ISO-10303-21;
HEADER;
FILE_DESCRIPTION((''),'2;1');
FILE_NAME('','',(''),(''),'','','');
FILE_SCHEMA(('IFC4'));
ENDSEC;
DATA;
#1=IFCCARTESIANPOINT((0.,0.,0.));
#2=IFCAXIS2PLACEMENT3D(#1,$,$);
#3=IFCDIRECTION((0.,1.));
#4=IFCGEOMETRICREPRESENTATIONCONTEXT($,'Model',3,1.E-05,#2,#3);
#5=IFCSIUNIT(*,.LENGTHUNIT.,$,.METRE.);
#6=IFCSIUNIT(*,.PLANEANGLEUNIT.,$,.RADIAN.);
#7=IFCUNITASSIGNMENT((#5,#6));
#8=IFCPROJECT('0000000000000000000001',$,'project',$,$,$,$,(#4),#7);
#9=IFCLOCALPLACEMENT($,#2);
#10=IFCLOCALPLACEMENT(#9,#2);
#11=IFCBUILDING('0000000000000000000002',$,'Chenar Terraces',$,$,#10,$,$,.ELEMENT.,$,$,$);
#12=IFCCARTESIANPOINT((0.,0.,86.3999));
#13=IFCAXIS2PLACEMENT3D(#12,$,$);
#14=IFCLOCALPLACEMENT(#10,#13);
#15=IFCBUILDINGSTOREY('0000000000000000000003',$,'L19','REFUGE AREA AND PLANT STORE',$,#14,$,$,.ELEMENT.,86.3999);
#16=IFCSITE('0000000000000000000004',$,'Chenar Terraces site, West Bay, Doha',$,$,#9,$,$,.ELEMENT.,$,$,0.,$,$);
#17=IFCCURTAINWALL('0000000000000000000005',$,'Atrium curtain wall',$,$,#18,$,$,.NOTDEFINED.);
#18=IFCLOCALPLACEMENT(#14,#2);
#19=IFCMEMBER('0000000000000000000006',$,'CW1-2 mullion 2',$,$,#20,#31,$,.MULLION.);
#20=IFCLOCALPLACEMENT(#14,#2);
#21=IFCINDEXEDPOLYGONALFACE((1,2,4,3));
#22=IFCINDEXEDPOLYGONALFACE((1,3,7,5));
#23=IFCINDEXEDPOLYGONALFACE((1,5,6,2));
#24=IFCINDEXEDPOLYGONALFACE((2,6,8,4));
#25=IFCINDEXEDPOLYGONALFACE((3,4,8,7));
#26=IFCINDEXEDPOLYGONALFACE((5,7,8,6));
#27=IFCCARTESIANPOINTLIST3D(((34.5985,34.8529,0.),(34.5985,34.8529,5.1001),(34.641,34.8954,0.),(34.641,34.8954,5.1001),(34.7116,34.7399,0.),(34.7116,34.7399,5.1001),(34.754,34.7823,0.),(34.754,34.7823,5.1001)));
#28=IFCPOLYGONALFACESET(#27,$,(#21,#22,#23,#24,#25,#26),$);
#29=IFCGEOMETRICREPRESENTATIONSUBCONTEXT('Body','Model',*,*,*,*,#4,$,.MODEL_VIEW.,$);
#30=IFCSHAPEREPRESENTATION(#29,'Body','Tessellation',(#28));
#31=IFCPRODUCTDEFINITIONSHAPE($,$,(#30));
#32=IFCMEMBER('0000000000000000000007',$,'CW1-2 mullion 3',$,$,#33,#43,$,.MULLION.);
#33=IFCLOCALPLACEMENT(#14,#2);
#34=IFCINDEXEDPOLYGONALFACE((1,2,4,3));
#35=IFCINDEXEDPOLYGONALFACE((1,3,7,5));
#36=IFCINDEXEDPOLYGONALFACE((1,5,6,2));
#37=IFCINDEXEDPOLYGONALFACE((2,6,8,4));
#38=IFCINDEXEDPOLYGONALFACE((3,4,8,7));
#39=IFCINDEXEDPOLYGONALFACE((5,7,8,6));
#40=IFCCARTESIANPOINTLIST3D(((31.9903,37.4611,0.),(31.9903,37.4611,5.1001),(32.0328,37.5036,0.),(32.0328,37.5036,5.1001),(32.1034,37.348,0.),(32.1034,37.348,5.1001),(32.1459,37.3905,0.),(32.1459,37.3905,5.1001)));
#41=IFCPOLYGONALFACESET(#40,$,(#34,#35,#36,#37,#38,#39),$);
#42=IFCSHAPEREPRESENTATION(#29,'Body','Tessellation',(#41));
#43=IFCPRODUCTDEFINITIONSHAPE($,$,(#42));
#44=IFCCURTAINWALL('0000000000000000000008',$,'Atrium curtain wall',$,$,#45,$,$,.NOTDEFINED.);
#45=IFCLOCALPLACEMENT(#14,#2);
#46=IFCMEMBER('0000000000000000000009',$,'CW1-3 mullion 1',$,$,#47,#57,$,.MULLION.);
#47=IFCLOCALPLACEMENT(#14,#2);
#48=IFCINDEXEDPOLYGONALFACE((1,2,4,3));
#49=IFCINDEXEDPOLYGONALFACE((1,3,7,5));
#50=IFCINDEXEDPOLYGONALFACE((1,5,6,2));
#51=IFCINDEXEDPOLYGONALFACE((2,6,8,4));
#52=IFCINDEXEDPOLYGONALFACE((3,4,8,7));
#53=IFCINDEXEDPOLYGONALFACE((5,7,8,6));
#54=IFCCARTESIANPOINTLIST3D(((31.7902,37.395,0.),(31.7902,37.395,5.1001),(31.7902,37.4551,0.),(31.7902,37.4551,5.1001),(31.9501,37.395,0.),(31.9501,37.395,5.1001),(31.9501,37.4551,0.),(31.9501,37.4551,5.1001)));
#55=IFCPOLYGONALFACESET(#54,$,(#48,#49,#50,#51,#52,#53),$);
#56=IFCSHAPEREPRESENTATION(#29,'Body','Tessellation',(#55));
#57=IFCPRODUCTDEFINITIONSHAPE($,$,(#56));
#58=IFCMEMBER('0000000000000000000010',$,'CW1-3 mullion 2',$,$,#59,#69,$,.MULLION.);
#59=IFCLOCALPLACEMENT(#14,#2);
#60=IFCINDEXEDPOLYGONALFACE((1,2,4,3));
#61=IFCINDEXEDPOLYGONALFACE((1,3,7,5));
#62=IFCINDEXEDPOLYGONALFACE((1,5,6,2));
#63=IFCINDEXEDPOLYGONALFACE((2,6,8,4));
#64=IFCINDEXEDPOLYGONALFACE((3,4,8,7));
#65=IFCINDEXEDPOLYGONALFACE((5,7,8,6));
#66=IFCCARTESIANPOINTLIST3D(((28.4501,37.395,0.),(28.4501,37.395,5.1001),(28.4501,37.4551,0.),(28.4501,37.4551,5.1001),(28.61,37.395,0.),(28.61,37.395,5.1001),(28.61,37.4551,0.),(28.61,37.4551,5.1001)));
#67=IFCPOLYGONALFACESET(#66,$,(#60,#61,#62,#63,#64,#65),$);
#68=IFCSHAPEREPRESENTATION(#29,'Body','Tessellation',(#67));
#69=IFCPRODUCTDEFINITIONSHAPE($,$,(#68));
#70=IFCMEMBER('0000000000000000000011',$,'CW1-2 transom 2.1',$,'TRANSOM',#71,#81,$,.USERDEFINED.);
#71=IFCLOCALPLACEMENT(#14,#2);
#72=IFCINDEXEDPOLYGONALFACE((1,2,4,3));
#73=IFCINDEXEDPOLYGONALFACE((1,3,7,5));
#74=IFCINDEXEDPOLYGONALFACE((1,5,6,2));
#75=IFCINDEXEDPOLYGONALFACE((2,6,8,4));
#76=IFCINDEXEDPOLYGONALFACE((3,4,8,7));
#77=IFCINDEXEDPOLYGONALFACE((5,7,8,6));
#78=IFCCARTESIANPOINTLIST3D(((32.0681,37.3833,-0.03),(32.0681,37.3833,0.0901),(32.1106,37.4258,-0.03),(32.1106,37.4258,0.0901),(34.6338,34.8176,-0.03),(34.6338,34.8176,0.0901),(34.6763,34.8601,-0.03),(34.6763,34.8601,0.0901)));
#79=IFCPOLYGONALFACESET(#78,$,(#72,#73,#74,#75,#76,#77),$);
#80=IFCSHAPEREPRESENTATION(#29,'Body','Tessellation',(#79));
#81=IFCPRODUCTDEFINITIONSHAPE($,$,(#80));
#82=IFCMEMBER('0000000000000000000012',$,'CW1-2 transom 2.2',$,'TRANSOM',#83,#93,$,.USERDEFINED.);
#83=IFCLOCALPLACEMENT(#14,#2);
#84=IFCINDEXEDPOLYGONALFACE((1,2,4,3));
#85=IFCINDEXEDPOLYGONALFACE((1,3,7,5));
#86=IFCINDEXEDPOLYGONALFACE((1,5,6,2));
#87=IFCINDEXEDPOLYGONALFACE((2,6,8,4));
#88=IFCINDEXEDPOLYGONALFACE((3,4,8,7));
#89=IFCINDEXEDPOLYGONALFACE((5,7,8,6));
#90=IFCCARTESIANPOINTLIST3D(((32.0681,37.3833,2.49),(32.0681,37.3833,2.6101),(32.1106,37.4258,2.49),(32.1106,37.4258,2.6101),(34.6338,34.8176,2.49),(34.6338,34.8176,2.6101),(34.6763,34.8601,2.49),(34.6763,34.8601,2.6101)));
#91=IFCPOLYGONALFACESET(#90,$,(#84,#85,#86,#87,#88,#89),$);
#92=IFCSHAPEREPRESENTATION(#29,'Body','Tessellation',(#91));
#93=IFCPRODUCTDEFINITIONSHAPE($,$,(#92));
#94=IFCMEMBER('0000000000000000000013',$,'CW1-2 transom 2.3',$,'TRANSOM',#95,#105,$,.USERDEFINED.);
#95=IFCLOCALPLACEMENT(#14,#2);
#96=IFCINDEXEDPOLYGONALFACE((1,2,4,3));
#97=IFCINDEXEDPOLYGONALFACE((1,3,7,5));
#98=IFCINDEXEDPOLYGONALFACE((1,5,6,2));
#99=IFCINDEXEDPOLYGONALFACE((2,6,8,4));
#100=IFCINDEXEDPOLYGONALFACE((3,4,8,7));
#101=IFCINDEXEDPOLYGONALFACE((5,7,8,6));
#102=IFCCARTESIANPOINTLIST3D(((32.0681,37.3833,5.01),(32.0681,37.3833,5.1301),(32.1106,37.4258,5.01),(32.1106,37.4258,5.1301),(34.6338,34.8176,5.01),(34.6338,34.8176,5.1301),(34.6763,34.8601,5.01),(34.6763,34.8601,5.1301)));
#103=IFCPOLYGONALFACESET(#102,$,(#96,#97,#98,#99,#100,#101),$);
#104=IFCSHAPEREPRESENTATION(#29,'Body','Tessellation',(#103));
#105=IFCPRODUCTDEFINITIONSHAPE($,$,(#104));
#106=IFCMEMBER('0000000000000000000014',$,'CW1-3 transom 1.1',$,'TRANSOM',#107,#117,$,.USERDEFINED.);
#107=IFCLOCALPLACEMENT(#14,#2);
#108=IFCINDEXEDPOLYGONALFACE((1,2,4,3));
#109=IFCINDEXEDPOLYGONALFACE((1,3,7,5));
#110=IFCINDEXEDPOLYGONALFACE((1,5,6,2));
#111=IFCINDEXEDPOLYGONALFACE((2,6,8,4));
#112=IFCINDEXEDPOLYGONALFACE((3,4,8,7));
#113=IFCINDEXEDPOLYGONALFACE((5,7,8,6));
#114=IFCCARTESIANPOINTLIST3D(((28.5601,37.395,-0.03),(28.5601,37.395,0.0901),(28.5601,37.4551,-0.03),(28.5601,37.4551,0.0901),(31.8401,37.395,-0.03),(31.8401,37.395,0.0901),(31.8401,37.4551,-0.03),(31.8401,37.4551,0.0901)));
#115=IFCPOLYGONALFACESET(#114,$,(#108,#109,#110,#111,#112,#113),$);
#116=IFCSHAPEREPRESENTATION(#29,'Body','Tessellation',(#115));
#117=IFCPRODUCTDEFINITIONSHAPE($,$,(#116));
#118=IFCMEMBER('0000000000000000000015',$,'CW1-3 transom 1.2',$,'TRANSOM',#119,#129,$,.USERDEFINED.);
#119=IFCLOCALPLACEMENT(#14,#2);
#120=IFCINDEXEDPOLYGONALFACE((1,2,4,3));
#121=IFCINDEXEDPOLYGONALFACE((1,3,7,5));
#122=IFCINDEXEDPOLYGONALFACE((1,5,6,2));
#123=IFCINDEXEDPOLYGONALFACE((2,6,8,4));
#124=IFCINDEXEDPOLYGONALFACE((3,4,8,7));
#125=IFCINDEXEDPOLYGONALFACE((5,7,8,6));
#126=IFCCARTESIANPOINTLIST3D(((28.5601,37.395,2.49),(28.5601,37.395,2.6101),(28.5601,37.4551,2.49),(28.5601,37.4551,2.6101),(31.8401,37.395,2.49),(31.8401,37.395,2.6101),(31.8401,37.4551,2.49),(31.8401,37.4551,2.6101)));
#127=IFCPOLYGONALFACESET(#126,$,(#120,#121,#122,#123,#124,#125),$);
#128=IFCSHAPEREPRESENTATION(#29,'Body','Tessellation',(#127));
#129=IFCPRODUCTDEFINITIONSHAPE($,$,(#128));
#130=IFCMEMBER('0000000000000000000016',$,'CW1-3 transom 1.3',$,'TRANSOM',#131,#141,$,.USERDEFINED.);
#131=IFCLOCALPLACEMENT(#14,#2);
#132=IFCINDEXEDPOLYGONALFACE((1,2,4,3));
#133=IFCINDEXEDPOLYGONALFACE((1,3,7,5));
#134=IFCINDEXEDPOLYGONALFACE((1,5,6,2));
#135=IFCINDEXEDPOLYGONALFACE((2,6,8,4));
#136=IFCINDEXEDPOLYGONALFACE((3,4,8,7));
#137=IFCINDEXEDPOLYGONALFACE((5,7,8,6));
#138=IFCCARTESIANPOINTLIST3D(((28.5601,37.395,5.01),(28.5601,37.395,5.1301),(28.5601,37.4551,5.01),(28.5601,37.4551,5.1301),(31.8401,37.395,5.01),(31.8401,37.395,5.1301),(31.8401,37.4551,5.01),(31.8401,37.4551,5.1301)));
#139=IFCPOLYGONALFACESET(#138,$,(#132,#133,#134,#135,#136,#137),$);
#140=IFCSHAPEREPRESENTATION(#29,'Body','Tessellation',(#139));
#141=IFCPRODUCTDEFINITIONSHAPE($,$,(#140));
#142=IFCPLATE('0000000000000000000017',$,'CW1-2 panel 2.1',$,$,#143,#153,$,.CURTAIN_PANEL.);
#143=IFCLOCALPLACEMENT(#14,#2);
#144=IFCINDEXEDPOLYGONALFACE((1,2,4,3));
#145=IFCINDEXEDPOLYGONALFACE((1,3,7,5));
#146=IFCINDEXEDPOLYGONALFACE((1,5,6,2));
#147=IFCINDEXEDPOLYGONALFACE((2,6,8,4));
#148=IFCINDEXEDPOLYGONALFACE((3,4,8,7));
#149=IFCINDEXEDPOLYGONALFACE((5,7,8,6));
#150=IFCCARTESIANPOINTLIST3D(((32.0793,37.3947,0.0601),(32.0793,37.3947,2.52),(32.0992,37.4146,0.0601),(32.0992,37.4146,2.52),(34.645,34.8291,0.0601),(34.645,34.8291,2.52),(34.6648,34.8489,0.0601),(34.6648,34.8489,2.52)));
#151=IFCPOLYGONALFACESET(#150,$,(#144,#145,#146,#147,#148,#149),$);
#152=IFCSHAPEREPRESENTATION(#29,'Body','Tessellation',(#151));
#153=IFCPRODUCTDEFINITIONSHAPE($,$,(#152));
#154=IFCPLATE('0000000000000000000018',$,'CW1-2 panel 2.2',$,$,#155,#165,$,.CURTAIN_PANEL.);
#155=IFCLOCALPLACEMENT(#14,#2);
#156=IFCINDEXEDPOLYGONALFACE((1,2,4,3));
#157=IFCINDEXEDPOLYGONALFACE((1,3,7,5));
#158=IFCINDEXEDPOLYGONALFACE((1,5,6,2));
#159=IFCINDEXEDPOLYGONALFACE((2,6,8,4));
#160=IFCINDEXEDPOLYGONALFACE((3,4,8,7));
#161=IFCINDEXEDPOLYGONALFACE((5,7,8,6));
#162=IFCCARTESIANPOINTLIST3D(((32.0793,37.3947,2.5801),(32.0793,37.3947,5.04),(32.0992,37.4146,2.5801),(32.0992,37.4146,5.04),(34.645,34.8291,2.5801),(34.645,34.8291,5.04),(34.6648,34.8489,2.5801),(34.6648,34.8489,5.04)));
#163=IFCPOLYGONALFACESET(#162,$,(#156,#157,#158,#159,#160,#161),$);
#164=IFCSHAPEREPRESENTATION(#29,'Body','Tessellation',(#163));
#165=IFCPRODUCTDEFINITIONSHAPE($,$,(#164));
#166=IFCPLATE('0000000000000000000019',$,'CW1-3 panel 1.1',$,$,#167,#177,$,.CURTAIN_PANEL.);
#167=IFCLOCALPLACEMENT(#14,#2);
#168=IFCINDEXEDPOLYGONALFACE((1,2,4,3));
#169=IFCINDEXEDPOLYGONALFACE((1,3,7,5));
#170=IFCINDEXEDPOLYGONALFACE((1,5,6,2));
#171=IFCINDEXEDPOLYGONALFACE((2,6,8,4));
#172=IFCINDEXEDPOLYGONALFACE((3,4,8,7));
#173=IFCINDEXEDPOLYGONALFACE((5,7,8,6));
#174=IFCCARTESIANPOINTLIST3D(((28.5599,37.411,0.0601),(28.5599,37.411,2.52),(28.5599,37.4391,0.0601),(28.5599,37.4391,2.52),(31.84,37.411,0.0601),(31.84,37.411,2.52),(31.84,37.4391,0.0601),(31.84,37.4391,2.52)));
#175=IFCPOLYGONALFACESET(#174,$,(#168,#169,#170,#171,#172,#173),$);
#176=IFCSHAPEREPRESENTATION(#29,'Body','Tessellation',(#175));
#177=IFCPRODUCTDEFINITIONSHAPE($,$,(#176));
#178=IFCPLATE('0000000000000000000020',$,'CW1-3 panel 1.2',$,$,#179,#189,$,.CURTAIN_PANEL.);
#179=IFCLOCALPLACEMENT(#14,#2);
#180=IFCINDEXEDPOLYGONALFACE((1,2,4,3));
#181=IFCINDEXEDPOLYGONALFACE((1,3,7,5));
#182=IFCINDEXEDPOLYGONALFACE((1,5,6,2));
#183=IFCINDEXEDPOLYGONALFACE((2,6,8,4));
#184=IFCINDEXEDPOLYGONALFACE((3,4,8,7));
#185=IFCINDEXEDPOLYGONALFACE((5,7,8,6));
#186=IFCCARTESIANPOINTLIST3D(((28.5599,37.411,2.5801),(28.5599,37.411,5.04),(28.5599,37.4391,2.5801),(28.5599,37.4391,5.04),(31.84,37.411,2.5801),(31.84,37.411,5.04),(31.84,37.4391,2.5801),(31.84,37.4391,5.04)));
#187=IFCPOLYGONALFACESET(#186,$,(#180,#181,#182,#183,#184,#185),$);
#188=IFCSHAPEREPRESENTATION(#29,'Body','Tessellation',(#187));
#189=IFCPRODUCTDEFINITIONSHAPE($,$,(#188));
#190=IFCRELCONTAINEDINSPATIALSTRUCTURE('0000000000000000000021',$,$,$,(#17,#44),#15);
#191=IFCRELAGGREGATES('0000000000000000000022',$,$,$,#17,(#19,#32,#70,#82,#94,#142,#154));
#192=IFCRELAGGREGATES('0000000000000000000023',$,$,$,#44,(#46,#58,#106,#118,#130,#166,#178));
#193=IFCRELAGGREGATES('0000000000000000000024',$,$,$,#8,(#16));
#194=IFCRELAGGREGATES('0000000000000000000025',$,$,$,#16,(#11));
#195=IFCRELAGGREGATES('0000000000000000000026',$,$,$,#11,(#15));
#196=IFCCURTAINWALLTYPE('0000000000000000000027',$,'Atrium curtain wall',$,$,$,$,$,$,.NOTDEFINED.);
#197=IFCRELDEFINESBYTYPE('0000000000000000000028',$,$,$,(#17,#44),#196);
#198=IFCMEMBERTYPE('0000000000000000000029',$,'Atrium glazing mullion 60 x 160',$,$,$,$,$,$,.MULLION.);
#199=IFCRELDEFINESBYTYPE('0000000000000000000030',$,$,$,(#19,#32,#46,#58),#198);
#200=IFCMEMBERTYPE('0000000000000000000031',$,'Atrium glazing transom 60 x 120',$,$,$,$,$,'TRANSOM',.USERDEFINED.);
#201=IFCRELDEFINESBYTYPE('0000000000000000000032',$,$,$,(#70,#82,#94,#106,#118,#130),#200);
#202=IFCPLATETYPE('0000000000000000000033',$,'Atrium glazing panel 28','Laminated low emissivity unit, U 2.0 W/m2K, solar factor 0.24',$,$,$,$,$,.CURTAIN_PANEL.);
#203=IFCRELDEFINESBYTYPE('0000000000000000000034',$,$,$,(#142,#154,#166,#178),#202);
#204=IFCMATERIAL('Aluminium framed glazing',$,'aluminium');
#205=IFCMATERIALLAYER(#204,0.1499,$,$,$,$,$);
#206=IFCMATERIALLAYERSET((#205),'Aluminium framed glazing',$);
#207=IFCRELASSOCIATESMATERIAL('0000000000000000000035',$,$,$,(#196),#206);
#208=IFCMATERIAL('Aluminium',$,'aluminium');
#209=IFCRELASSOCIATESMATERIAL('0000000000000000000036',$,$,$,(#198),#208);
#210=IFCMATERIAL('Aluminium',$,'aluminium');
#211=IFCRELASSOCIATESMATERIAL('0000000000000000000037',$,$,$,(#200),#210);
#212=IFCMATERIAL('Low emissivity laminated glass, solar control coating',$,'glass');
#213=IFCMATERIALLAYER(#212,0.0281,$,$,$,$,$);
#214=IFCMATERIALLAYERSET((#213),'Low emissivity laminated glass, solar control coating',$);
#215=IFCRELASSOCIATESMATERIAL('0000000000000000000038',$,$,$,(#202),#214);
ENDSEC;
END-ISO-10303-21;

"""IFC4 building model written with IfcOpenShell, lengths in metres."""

from ifc_helpers import new_model, si_unit, direction, frame, origin, origin_2d, place, context, subcontext, project, spatial, rectangle, extrude, material, layer, layer_set, material_profile, profile_set, type_object, element, aggregate, save


model = new_model("IFC4")

# Units and contexts
model_context = context("Model", 3, precision=1e-05, world=origin(), true_north=direction((0.0, 1.0)))
body_context = subcontext(model_context, "Body", "Model", "MODEL_VIEW")
ifc_project = project(units=[si_unit("LENGTHUNIT", "METRE"), si_unit("PLANEANGLEUNIT", "RADIAN")], contexts=[model_context])

# Site, building, storey
site_placement = place(None, origin())
site = spatial("IfcSite", under=ifc_project, at=site_placement, Name="Chenar Terraces site, West Bay, Doha", CompositionType="ELEMENT", RefElevation=0.0)
building_placement = place(site_placement, origin())
building = spatial("IfcBuilding", under=site, at=building_placement, Name="Chenar Terraces", CompositionType="ELEMENT")
storey_placement = place(building_placement, frame((0.0, 0.0, 86.3999)))
storey = spatial("IfcBuildingStorey", under=building, at=storey_placement, Name="L19", Description="REFUGE AREA AND PLANT STORE", CompositionType="ELEMENT", Elevation=86.3999)

# Curtain walls, members
ifc_material_1 = material(Name="Aluminium framed glazing", Category="aluminium")
ifc_layer_1 = layer(ifc_material_1, 0.1499)
ifc_layer_set_1 = layer_set([ifc_layer_1], Name="Aluminium framed glazing")
curtain_wall_type = type_object("IfcCurtainWallType", Name="Atrium curtain wall", PredefinedType="NOTDEFINED", material=ifc_layer_set_1)
placement = place(storey_placement, origin())
curtain_wall_1 = element("IfcCurtainWall", 1, at=placement, inside=storey, type_object=curtain_wall_type, Name="Atrium curtain wall", PredefinedType="NOTDEFINED")
ifc_material_2 = material(Name="Aluminium", Category="aluminium")
ifc_material_profile_1 = material_profile(ifc_material_2, rectangle(XDim=0.0601, YDim=0.1599, at=origin_2d()), Name="Atrium glazing mullion 60 x 160")
ifc_profile_set_1 = profile_set([ifc_material_profile_1], Name="Aluminium")
member_type_1 = type_object("IfcMemberType", Name="Atrium glazing mullion 60 x 160", PredefinedType="MULLION", material=ifc_profile_set_1)
member_1_placement = place(storey_placement, frame((34.6763, 34.8176, 0.0), z_axis=(0.0, 0.0, 1.0), x_axis=(-0.707107, -0.707107, 0.0)))
member_1 = element("IfcMember", 2, at=member_1_placement, type_object=member_type_1, Name="CW1-2 mullion 2", PredefinedType="MULLION", context=body_context, shape_type="SweptSolid", body=[
    extrude(rectangle(XDim=0.0601, YDim=0.1599, at=origin_2d()), origin(), (0.0, 0.0, 1.0), 5.1001),
])
member_2_placement = place(storey_placement, frame((32.0681, 37.4258, 0.0), z_axis=(0.0, 0.0, 1.0), x_axis=(-0.707107, -0.707107, 0.0)))
member_2 = element("IfcMember", 3, at=member_2_placement, type_object=member_type_1, Name="CW1-2 mullion 3", PredefinedType="MULLION", context=body_context, shape_type="SweptSolid", body=[
    extrude(rectangle(XDim=0.0601, YDim=0.1599, at=origin_2d()), origin(), (0.0, 0.0, 1.0), 5.1001),
])
curtain_wall_2 = element("IfcCurtainWall", 4, at=placement, inside=storey, type_object=curtain_wall_type, Name="Atrium curtain wall", PredefinedType="NOTDEFINED")
member_3_placement = place(storey_placement, frame((31.8701, 37.425, 0.0), z_axis=(0.0, 0.0, 1.0), x_axis=(0.0, -1.0, 0.0)))
member_3 = element("IfcMember", 5, at=member_3_placement, type_object=member_type_1, Name="CW1-3 mullion 1", PredefinedType="MULLION", context=body_context, shape_type="SweptSolid", body=[
    extrude(rectangle(XDim=0.0601, YDim=0.1599, at=origin_2d()), origin(), (0.0, 0.0, 1.0), 5.1001),
])
member_4_placement = place(storey_placement, frame((28.53, 37.425, 0.0), z_axis=(0.0, 0.0, 1.0), x_axis=(0.0, -1.0, 0.0)))
member_4 = element("IfcMember", 6, at=member_4_placement, type_object=member_type_1, Name="CW1-3 mullion 2", PredefinedType="MULLION", context=body_context, shape_type="SweptSolid", body=[
    extrude(rectangle(XDim=0.0601, YDim=0.1599, at=origin_2d()), origin(), (0.0, 0.0, 1.0), 5.1001),
])

# Members
ifc_material_3 = material(Name="Aluminium", Category="aluminium")
ifc_material_profile_2 = material_profile(ifc_material_3, rectangle(XDim=0.0601, YDim=0.1201, at=origin_2d()), Name="Atrium glazing transom 60 x 120")
ifc_profile_set_2 = profile_set([ifc_material_profile_2], Name="Aluminium")
member_type_2 = type_object("IfcMemberType", Name="Atrium glazing transom 60 x 120", ElementType="TRANSOM", PredefinedType="USERDEFINED", material=ifc_profile_set_2)
member_5_placement = place(storey_placement, frame((34.655, 34.8389, 0.03), z_axis=(-0.707107, 0.707107, 0.0), x_axis=(-0.707107, -0.707107, 0.0)))
member_5 = element("IfcMember", 7, at=member_5_placement, type_object=member_type_2, Name="CW1-2 transom 2.1", ObjectType="TRANSOM", PredefinedType="USERDEFINED", context=body_context, shape_type="SweptSolid", body=[
    extrude(rectangle(XDim=0.0601, YDim=0.1201, at=origin_2d()), origin(), (0.0, 0.0, 1.0), 3.6284),
])
member_6_placement = place(storey_placement, frame((34.655, 34.8389, 2.55), z_axis=(-0.707107, 0.707107, 0.0), x_axis=(-0.707107, -0.707107, 0.0)))
member_6 = element("IfcMember", 8, at=member_6_placement, type_object=member_type_2, Name="CW1-2 transom 2.2", ObjectType="TRANSOM", PredefinedType="USERDEFINED", context=body_context, shape_type="SweptSolid", body=[
    extrude(rectangle(XDim=0.0601, YDim=0.1201, at=origin_2d()), origin(), (0.0, 0.0, 1.0), 3.6284),
])
member_7_placement = place(storey_placement, frame((34.655, 34.8389, 5.0701), z_axis=(-0.707107, 0.707107, 0.0), x_axis=(-0.707107, -0.707107, 0.0)))
member_7 = element("IfcMember", 9, at=member_7_placement, type_object=member_type_2, Name="CW1-2 transom 2.3", ObjectType="TRANSOM", PredefinedType="USERDEFINED", context=body_context, shape_type="SweptSolid", body=[
    extrude(rectangle(XDim=0.0601, YDim=0.1201, at=origin_2d()), origin(), (0.0, 0.0, 1.0), 3.6284),
])
member_8_placement = place(storey_placement, frame((31.8401, 37.425, 0.03), z_axis=(-1.0, 0.0, 0.0), x_axis=(0.0, -1.0, 0.0)))
member_8 = element("IfcMember", 10, at=member_8_placement, type_object=member_type_2, Name="CW1-3 transom 1.1", ObjectType="TRANSOM", PredefinedType="USERDEFINED", context=body_context, shape_type="SweptSolid", body=[
    extrude(rectangle(XDim=0.0601, YDim=0.1201, at=origin_2d()), origin(), (0.0, 0.0, 1.0), 3.28),
])
member_9_placement = place(storey_placement, frame((31.8401, 37.425, 2.55), z_axis=(-1.0, 0.0, 0.0), x_axis=(0.0, -1.0, 0.0)))
member_9 = element("IfcMember", 11, at=member_9_placement, type_object=member_type_2, Name="CW1-3 transom 1.2", ObjectType="TRANSOM", PredefinedType="USERDEFINED", context=body_context, shape_type="SweptSolid", body=[
    extrude(rectangle(XDim=0.0601, YDim=0.1201, at=origin_2d()), origin(), (0.0, 0.0, 1.0), 3.28),
])
member_10_placement = place(storey_placement, frame((31.8401, 37.425, 5.0701), z_axis=(-1.0, 0.0, 0.0), x_axis=(0.0, -1.0, 0.0)))
member_10 = element("IfcMember", 12, at=member_10_placement, type_object=member_type_2, Name="CW1-3 transom 1.3", ObjectType="TRANSOM", PredefinedType="USERDEFINED", context=body_context, shape_type="SweptSolid", body=[
    extrude(rectangle(XDim=0.0601, YDim=0.1201, at=origin_2d()), origin(), (0.0, 0.0, 1.0), 3.28),
])

# Plates
ifc_material_4 = material(Name="Low emissivity laminated glass, solar control coating", Category="glass")
ifc_layer_2 = layer(ifc_material_4, 0.0281)
ifc_layer_set_2 = layer_set([ifc_layer_2], Name="Low emissivity laminated glass, solar control coating")
plate_type = type_object("IfcPlateType", Name="Atrium glazing panel 28", Description="Laminated low emissivity unit, U 2.0 W/m2K, solar factor 0.24", PredefinedType="CURTAIN_PANEL", material=ifc_layer_set_2)
plate_1_placement = place(storey_placement, frame((33.3721, 36.1218, 0.0601), z_axis=(0.0, 0.0, 1.0), x_axis=(-0.707107, 0.707107, 0.0)))
plate_1 = element("IfcPlate", 13, at=plate_1_placement, type_object=plate_type, Name="CW1-2 panel 2.1", PredefinedType="CURTAIN_PANEL", context=body_context, shape_type="SweptSolid", body=[
    extrude(rectangle(XDim=3.6284, YDim=0.0281, at=origin_2d()), origin(), (0.0, 0.0, 1.0), 2.46),
])
plate_2_placement = place(storey_placement, frame((33.3721, 36.1218, 2.5801), z_axis=(0.0, 0.0, 1.0), x_axis=(-0.707107, 0.707107, 0.0)))
plate_2 = element("IfcPlate", 14, at=plate_2_placement, type_object=plate_type, Name="CW1-2 panel 2.2", PredefinedType="CURTAIN_PANEL", context=body_context, shape_type="SweptSolid", body=[
    extrude(rectangle(XDim=3.6284, YDim=0.0281, at=origin_2d()), origin(), (0.0, 0.0, 1.0), 2.46),
])
aggregate(curtain_wall_1, [member_1, member_2, member_5, member_6, member_7, plate_1, plate_2])
plate_3_placement = place(storey_placement, frame((30.2, 37.425, 0.0601), z_axis=(0.0, 0.0, 1.0), x_axis=(-1.0, 0.0, 0.0)))
plate_3 = element("IfcPlate", 15, at=plate_3_placement, type_object=plate_type, Name="CW1-3 panel 1.1", PredefinedType="CURTAIN_PANEL", context=body_context, shape_type="SweptSolid", body=[
    extrude(rectangle(XDim=3.28, YDim=0.0281, at=origin_2d()), origin(), (0.0, 0.0, 1.0), 2.46),
])
plate_4_placement = place(storey_placement, frame((30.2, 37.425, 2.5801), z_axis=(0.0, 0.0, 1.0), x_axis=(-1.0, 0.0, 0.0)))
plate_4 = element("IfcPlate", 16, at=plate_4_placement, type_object=plate_type, Name="CW1-3 panel 1.2", PredefinedType="CURTAIN_PANEL", context=body_context, shape_type="SweptSolid", body=[
    extrude(rectangle(XDim=3.28, YDim=0.0281, at=origin_2d()), origin(), (0.0, 0.0, 1.0), 2.46),
])
aggregate(curtain_wall_2, [member_3, member_4, member_8, member_9, member_10, plate_3, plate_4])

save(model, "model.ifc")
